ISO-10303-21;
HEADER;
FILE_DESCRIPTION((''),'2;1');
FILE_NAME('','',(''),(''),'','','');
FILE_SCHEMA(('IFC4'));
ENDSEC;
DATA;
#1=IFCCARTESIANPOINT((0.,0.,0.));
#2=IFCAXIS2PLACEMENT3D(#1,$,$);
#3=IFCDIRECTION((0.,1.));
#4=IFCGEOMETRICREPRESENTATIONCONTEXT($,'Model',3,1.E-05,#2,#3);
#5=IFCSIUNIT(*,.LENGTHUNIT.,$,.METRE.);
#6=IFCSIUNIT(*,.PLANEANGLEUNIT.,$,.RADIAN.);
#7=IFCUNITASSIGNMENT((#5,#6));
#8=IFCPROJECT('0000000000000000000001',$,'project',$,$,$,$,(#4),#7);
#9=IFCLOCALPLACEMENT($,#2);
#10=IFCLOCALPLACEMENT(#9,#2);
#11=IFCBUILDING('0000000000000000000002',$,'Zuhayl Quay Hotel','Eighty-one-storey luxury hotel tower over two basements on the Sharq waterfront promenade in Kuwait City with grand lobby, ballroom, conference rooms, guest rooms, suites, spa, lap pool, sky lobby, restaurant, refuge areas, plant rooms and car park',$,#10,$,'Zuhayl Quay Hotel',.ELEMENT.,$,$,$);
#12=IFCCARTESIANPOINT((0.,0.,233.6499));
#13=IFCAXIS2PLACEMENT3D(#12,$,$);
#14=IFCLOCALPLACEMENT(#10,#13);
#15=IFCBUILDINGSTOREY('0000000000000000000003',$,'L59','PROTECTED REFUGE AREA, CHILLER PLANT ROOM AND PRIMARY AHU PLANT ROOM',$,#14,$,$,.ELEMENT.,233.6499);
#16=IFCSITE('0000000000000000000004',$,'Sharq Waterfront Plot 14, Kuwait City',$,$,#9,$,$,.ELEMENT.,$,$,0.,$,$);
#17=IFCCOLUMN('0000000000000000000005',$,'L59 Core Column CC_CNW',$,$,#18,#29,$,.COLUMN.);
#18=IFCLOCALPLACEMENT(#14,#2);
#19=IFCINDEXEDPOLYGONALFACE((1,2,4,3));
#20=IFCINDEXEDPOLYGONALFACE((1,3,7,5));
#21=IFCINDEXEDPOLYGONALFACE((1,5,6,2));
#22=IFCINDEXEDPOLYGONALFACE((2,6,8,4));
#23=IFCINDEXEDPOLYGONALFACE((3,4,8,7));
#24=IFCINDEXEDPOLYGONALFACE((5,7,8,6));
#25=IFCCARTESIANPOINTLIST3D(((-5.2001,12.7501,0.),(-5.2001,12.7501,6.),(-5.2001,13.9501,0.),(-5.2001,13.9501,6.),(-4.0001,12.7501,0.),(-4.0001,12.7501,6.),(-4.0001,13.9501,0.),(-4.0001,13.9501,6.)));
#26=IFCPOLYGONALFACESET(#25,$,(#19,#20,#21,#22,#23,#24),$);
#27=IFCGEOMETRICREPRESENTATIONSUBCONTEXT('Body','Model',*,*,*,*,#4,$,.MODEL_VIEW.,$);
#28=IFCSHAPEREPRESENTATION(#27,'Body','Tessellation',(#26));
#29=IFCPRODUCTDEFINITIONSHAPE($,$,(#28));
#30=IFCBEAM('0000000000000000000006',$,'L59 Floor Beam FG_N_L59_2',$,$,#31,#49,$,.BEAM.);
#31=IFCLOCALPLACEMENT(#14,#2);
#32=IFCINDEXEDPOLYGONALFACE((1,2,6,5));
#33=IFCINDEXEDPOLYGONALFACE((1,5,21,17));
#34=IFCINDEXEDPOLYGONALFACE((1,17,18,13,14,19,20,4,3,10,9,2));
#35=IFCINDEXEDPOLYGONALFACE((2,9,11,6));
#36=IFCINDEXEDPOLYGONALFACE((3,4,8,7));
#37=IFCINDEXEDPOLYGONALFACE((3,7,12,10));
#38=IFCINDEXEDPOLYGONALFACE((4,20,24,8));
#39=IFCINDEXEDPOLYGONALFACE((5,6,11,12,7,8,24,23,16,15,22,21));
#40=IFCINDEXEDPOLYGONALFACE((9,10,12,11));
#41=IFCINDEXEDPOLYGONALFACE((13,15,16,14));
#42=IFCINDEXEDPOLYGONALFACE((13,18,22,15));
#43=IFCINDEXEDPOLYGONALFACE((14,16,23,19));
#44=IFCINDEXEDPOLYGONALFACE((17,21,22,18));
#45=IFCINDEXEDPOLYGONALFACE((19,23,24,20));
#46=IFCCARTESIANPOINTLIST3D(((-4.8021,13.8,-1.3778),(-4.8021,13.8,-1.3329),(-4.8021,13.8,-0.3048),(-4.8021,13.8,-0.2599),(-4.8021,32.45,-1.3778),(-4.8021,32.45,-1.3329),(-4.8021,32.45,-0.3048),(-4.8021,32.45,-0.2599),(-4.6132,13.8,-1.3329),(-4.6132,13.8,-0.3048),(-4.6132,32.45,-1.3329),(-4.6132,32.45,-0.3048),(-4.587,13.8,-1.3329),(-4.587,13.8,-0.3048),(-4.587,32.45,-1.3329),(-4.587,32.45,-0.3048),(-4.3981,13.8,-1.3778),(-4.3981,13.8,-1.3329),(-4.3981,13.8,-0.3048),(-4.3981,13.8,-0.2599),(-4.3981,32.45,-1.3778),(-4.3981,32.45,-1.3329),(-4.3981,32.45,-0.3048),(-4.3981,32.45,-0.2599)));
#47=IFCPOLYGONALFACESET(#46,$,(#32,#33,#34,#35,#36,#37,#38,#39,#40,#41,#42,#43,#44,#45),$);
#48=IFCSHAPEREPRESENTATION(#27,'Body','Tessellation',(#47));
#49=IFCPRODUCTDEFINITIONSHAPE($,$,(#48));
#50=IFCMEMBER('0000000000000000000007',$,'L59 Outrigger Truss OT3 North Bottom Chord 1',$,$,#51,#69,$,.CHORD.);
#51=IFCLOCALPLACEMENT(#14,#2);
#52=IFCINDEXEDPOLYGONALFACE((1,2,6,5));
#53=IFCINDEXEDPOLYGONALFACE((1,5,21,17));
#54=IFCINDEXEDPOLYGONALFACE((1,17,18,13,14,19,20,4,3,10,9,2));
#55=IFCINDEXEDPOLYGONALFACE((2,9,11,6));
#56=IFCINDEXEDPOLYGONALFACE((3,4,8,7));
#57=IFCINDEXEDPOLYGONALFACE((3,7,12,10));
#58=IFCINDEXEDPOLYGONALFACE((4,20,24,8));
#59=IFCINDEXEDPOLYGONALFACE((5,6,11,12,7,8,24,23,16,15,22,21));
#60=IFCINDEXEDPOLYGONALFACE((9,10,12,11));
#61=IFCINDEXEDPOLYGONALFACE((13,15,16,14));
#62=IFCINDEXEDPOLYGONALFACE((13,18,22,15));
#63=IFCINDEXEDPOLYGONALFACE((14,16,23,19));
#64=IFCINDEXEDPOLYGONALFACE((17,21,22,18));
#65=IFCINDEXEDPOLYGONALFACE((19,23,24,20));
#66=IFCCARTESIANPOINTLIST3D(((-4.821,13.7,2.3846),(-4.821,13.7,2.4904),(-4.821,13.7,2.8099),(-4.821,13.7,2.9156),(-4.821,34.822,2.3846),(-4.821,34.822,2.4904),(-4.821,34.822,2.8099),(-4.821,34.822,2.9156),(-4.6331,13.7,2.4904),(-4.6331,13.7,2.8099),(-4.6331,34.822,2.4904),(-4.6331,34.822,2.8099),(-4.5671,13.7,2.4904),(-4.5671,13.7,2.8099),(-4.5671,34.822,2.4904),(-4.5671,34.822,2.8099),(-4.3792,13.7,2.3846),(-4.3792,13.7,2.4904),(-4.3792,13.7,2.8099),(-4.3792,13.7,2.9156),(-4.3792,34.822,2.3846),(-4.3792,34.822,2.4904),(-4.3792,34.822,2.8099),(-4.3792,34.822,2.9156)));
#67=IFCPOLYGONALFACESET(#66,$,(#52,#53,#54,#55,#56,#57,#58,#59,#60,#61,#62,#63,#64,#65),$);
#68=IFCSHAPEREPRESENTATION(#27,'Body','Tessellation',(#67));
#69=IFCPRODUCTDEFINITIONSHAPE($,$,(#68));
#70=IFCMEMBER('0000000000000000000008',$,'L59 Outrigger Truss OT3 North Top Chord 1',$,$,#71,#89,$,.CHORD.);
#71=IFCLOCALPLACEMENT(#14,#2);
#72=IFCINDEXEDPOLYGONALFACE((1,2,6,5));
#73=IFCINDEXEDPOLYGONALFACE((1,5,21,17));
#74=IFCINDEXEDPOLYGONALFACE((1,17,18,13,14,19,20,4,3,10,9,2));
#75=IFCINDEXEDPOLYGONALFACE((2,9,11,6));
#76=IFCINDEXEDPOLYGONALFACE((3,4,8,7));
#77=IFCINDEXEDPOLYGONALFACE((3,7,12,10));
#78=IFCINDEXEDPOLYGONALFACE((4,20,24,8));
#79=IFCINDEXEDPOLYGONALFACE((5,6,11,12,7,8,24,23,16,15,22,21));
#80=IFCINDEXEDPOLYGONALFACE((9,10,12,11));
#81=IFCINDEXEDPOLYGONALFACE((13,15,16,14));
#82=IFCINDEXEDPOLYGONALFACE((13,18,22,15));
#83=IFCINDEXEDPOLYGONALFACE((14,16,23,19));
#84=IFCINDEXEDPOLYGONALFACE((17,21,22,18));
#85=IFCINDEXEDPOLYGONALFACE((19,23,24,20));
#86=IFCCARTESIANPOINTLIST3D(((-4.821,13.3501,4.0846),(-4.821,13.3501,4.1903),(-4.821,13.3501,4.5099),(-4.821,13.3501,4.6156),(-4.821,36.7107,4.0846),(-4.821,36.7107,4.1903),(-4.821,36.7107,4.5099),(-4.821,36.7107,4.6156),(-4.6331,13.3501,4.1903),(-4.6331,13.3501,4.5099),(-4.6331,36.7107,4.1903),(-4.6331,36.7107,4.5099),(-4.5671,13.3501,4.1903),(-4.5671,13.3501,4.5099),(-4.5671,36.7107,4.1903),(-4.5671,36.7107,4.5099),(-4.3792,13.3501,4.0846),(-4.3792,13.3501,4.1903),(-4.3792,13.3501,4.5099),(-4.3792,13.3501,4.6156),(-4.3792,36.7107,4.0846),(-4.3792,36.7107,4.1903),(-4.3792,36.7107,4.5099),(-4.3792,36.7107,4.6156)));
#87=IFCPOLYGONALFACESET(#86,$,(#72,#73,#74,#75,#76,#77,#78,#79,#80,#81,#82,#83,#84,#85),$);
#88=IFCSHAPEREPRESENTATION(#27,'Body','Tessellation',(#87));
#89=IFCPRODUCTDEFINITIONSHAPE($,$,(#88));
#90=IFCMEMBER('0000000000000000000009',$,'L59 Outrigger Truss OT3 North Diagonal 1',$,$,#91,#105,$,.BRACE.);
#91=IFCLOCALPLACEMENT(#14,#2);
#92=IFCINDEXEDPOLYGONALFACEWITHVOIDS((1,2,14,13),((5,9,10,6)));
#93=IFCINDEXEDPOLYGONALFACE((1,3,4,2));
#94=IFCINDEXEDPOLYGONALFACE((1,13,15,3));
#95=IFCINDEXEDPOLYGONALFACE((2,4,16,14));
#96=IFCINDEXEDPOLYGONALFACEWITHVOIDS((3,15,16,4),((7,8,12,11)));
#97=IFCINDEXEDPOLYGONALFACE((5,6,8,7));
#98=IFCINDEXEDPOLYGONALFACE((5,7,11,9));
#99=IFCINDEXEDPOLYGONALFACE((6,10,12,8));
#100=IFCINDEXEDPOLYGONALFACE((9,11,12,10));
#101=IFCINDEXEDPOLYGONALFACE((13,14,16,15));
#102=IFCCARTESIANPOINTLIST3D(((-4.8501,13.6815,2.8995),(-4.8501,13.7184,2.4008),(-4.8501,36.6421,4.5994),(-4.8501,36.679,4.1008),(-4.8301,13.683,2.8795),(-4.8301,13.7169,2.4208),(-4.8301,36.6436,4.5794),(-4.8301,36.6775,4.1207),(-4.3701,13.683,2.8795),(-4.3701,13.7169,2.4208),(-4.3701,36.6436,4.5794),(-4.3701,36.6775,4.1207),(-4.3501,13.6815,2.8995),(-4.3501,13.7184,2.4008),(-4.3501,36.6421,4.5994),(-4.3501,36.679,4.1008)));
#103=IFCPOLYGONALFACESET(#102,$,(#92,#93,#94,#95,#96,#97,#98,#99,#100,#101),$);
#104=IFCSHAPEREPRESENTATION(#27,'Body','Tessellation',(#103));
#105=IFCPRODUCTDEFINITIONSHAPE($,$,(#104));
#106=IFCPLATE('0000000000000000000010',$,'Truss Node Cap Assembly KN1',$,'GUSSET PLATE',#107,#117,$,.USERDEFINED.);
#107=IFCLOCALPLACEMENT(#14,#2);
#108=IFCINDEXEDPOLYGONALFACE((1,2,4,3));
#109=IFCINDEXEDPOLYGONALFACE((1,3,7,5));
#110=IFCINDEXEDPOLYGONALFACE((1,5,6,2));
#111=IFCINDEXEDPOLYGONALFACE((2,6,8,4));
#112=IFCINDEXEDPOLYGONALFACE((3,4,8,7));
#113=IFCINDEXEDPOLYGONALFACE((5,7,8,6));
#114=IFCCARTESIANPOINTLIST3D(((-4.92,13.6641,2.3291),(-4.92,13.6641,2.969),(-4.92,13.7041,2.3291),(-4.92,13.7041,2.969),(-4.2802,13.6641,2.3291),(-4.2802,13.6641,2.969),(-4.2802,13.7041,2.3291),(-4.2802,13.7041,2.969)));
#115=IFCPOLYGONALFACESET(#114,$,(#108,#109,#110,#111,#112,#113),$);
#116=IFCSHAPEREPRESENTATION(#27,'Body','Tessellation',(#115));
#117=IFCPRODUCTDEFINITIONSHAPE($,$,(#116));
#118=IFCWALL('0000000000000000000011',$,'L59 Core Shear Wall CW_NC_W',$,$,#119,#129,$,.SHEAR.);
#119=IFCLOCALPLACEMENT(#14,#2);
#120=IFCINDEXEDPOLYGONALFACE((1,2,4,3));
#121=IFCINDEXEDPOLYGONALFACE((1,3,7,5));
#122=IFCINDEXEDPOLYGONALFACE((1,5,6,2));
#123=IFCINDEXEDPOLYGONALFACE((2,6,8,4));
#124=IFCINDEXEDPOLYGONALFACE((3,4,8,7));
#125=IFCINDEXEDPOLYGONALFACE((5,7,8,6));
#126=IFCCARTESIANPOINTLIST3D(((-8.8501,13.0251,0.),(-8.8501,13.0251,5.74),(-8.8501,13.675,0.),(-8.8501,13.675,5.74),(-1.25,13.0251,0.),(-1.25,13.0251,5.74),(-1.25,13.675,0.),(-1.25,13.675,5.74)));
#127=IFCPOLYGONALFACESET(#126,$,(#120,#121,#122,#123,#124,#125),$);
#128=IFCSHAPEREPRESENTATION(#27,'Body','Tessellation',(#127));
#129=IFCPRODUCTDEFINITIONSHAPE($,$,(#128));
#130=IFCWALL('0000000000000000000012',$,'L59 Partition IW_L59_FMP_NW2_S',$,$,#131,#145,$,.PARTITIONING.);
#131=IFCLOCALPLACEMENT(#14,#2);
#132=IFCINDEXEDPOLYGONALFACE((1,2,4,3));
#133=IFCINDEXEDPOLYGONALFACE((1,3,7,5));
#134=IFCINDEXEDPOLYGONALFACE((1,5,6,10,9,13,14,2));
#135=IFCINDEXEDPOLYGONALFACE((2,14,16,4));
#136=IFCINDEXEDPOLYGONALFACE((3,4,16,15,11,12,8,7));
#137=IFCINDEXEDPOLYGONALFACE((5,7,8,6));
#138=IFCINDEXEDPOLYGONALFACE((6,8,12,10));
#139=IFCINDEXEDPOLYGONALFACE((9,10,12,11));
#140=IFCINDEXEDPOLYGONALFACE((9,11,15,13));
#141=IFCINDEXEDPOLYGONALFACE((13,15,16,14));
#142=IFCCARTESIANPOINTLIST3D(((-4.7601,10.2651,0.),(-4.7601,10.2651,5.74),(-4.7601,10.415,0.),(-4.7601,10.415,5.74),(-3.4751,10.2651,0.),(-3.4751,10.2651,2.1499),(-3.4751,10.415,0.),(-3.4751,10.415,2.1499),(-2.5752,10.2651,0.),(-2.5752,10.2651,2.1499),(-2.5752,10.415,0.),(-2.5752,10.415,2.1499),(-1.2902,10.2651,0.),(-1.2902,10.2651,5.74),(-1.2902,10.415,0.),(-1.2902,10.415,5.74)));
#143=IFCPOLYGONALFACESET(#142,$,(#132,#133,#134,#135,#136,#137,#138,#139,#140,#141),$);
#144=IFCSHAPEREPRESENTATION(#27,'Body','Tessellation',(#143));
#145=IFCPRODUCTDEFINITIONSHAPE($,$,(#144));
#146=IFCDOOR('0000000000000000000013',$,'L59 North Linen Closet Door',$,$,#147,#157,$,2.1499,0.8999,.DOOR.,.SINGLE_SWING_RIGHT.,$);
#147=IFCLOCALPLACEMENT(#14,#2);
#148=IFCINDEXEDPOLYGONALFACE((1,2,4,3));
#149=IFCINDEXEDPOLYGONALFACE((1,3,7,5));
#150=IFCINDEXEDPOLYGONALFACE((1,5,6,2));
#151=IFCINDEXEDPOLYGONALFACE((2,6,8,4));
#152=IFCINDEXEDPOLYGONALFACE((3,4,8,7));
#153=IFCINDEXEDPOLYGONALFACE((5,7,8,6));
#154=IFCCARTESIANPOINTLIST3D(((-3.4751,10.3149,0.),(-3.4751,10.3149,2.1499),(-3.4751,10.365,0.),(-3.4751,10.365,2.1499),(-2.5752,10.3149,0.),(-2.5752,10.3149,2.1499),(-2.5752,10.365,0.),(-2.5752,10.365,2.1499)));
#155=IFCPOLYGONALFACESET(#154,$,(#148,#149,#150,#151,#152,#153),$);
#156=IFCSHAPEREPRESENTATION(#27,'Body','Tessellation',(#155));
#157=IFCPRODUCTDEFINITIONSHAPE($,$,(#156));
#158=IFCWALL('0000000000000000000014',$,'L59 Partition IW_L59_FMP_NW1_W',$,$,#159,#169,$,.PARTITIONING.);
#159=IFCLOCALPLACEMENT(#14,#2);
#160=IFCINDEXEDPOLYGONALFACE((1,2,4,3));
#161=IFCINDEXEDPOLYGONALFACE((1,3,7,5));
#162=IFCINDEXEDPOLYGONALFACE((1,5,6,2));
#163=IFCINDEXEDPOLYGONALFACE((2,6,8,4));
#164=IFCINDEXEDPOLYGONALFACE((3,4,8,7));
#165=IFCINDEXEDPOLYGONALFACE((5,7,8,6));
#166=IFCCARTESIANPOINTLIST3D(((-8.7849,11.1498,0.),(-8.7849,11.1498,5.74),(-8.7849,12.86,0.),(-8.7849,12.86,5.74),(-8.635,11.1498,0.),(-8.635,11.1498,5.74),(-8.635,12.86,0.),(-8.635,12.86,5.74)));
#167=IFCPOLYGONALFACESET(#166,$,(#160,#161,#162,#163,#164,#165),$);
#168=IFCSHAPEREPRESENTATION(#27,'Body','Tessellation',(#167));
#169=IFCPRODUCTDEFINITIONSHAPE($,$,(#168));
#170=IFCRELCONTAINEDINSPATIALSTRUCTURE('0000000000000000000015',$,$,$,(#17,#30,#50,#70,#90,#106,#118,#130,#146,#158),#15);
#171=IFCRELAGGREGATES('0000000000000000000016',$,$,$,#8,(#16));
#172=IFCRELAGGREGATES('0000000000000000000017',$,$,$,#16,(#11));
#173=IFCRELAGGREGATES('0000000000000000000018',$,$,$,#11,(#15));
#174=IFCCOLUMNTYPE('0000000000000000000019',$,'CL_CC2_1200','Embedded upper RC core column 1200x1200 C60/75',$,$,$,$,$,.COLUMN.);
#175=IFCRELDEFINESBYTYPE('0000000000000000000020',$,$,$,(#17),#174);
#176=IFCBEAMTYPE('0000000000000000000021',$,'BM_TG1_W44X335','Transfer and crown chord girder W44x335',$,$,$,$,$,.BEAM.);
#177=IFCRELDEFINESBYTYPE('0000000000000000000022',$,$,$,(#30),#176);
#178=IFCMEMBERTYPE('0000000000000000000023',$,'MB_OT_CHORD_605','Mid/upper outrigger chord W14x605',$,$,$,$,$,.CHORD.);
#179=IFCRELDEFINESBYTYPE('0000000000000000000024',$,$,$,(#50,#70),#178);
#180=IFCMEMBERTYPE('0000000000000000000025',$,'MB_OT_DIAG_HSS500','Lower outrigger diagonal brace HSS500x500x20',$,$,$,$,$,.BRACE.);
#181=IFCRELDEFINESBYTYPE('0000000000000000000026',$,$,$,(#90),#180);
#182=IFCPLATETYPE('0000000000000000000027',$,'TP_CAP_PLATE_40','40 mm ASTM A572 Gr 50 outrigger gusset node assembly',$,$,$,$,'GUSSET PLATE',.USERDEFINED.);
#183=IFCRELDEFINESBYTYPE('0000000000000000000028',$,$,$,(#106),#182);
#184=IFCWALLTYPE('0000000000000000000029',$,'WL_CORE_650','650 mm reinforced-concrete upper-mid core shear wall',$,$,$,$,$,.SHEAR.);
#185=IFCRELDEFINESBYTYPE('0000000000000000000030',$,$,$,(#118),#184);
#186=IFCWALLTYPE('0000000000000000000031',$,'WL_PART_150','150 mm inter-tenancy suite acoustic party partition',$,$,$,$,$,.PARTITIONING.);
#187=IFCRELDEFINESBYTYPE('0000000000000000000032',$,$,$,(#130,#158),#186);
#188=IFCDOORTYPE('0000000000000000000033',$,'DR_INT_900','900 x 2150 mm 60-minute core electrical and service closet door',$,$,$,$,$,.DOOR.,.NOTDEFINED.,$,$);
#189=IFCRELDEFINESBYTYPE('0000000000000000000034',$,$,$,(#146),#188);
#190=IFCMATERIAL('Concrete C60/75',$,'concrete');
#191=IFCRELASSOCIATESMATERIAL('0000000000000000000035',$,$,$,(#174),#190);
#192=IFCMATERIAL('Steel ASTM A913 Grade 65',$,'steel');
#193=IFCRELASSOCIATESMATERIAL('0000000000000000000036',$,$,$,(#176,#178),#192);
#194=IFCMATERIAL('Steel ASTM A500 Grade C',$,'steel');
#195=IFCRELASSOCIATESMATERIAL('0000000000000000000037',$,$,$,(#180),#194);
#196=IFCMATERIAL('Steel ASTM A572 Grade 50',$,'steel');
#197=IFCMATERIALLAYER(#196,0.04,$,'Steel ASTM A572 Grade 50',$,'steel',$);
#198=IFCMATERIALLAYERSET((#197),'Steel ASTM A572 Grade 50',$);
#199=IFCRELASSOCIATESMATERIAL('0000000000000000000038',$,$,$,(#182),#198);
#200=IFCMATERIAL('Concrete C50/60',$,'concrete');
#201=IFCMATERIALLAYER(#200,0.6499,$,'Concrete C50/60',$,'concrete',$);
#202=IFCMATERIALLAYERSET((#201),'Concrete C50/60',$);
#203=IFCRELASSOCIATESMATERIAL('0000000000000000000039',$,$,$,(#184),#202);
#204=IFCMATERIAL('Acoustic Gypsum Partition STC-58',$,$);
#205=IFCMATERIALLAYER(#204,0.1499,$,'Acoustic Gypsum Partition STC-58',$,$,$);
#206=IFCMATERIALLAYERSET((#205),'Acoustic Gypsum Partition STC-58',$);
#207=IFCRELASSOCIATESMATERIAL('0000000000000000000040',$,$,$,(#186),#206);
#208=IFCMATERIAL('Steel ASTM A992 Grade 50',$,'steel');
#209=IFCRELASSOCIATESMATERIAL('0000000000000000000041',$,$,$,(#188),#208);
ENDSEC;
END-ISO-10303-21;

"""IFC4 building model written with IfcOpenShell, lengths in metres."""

from ifc_helpers import new_model, si_unit, direction, frame, frame_2d, origin, origin_2d, place, context, subcontext, project, spatial, rectangle, hollow_rectangle, i_section, extrude, material, layer, layer_set, material_profile, profile_set, type_object, element, fill, save


model = new_model("IFC4")

# Units and contexts
model_context = context("Model", 3, precision=1e-05, world=origin(), true_north=direction((0.0, 1.0)))
body_context = subcontext(model_context, "Body", "Model", "MODEL_VIEW")
ifc_project = project(units=[si_unit("LENGTHUNIT", "METRE"), si_unit("PLANEANGLEUNIT", "RADIAN")], contexts=[model_context])

# Site, building, storey
site_placement = place(None, origin())
site = spatial("IfcSite", under=ifc_project, at=site_placement, Name="Sharq Waterfront Plot 14, Kuwait City", CompositionType="ELEMENT", RefElevation=0.0)
building_placement = place(site_placement, origin())
building = spatial("IfcBuilding", under=site, at=building_placement, Name="Zuhayl Quay Hotel", Description="Eighty-one-storey luxury hotel tower over two basements on the Sharq waterfront promenade in Kuwait City with grand lobby, ballroom, conference rooms, guest rooms, suites, spa, lap pool, sky lobby, restaurant, refuge areas, plant rooms and car park", LongName="Zuhayl Quay Hotel", CompositionType="ELEMENT")
storey_placement = place(building_placement, frame((0.0, 0.0, 233.6499)))
storey = spatial("IfcBuildingStorey", under=building, at=storey_placement, Name="L59", Description="PROTECTED REFUGE AREA, CHILLER PLANT ROOM AND PRIMARY AHU PLANT ROOM", CompositionType="ELEMENT", Elevation=233.6499)

# Column
ifc_material_1 = material(Name="Concrete C60/75", Category="concrete")
ifc_material_profile_1 = material_profile(ifc_material_1, rectangle(XDim=1.2, YDim=1.2, at=origin_2d()), Name="RC1200X1200")
ifc_profile_set_1 = profile_set([ifc_material_profile_1], Name="Concrete C60/75")
column_type = type_object("IfcColumnType", Name="CL_CC2_1200", Description="Embedded upper RC core column 1200x1200 C60/75", PredefinedType="COLUMN", material=ifc_profile_set_1)
column_placement = place(storey_placement, frame((-4.6001, 13.3501, 0.0), z_axis=(0.0, 0.0, 1.0), x_axis=(1.0, 0.0, 0.0)))
element("IfcColumn", 1, at=column_placement, inside=storey, type_object=column_type, Name="L59 Core Column CC_CNW", PredefinedType="COLUMN", context=body_context, shape_type="SweptSolid", body=[
    extrude(rectangle(XDim=1.2, YDim=1.2, at=origin_2d()), origin(), (0.0, 0.0, 1.0), 6.0),
])

# Beam
ifc_material_2 = material(Name="Steel ASTM A913 Grade 65", Category="steel")
ifc_material_profile_2 = material_profile(ifc_material_2, i_section(OverallWidth=0.4041, OverallDepth=1.1179, WebThickness=0.0261, FlangeThickness=0.0449, at=origin_2d()), Name="W44X335")
ifc_profile_set_2 = profile_set([ifc_material_profile_2], Name="Steel ASTM A913 Grade 65")
beam_type = type_object("IfcBeamType", Name="BM_TG1_W44X335", Description="Transfer and crown chord girder W44x335", PredefinedType="BEAM", material=ifc_profile_set_2)
beam_placement = place(storey_placement, frame((-4.6001, 13.8, -0.8188), z_axis=(0.0, 1.0, 0.0), x_axis=(-1.0, 0.0, 0.0)))
element("IfcBeam", 2, at=beam_placement, inside=storey, type_object=beam_type, Name="L59 Floor Beam FG_N_L59_2", PredefinedType="BEAM", context=body_context, shape_type="SweptSolid", body=[
    extrude(i_section(OverallWidth=0.4041, OverallDepth=1.1179, WebThickness=0.0261, FlangeThickness=0.0449, at=origin_2d()), origin(), (0.0, 0.0, 1.0), 18.6499),
])

# Members
ifc_material_profile_3 = material_profile(ifc_material_2, i_section(OverallWidth=0.4419, OverallDepth=0.531, WebThickness=0.0659, FlangeThickness=0.1057, at=origin_2d()), Name="W14X605")
ifc_profile_set_3 = profile_set([ifc_material_profile_3], Name="Steel ASTM A913 Grade 65")
member_type_1 = type_object("IfcMemberType", Name="MB_OT_CHORD_605", Description="Mid/upper outrigger chord W14x605", PredefinedType="CHORD", material=ifc_profile_set_3)
member_1_placement = place(storey_placement, frame((-4.6001, 13.7, 2.6501), z_axis=(0.0, 1.0, 0.0), x_axis=(-1.0, 0.0, 0.0)))
element("IfcMember", 3, at=member_1_placement, inside=storey, type_object=member_type_1, Name="L59 Outrigger Truss OT3 North Bottom Chord 1", PredefinedType="CHORD", context=body_context, shape_type="SweptSolid", body=[
    extrude(i_section(OverallWidth=0.4419, OverallDepth=0.531, WebThickness=0.0659, FlangeThickness=0.1057, at=origin_2d()), origin(), (0.0, 0.0, 1.0), 21.1221),
])
member_2_placement = place(storey_placement, frame((-4.6001, 13.3501, 4.3501), z_axis=(0.0, 1.0, 0.0), x_axis=(-1.0, 0.0, 0.0)))
element("IfcMember", 4, at=member_2_placement, inside=storey, type_object=member_type_1, Name="L59 Outrigger Truss OT3 North Top Chord 1", PredefinedType="CHORD", context=body_context, shape_type="SweptSolid", body=[
    extrude(i_section(OverallWidth=0.4419, OverallDepth=0.531, WebThickness=0.0659, FlangeThickness=0.1057, at=origin_2d()), origin(), (0.0, 0.0, 1.0), 23.3606),
])
ifc_material_3 = material(Name="Steel ASTM A500 Grade C", Category="steel")
ifc_material_profile_4 = material_profile(ifc_material_3, hollow_rectangle(XDim=0.5, YDim=0.5, WallThickness=0.02, at=origin_2d()), Name="HSS500X500X20")
ifc_profile_set_4 = profile_set([ifc_material_profile_4], Name="Steel ASTM A500 Grade C")
member_type_2 = type_object("IfcMemberType", Name="MB_OT_DIAG_HSS500", Description="Lower outrigger diagonal brace HSS500x500x20", PredefinedType="BRACE", material=ifc_profile_set_4)
member_3_placement = place(storey_placement, frame((-4.6001, 13.7, 2.6501), z_axis=(0.0, 0.99727, 0.073835), x_axis=(-1.0, 0.0, 0.0)))
element("IfcMember", 5, at=member_3_placement, inside=storey, type_object=member_type_2, Name="L59 Outrigger Truss OT3 North Diagonal 1", PredefinedType="BRACE", context=body_context, shape_type="SweptSolid", body=[
    extrude(hollow_rectangle(XDim=0.5, YDim=0.5, WallThickness=0.02, at=origin_2d()), origin(), (0.0, 0.0, 1.0), 23.0234),
])

# Plate
ifc_material_4 = material(Name="Steel ASTM A572 Grade 50", Category="steel")
ifc_layer_1 = layer(ifc_material_4, 0.04, Name="Steel ASTM A572 Grade 50", Category="steel")
ifc_layer_set_1 = layer_set([ifc_layer_1], Name="Steel ASTM A572 Grade 50")
plate_type = type_object("IfcPlateType", Name="TP_CAP_PLATE_40", Description="40 mm ASTM A572 Gr 50 outrigger gusset node assembly", ElementType="GUSSET PLATE", PredefinedType="USERDEFINED", material=ifc_layer_set_1)
plate_placement = place(storey_placement, frame((-4.6001, 13.6841, 2.3291), z_axis=(0.0, 0.0, 1.0), x_axis=(0.0, -1.0, 0.0)))
element("IfcPlate", 6, at=plate_placement, inside=storey, type_object=plate_type, Name="Truss Node Cap Assembly KN1", ObjectType="GUSSET PLATE", PredefinedType="USERDEFINED", context=body_context, shape_type="SweptSolid", body=[
    extrude(rectangle(XDim=0.04, YDim=0.6399, at=origin_2d()), origin(), (0.0, 0.0, 1.0), 0.6399),
])

# Wall
ifc_material_5 = material(Name="Concrete C50/60", Category="concrete")
ifc_layer_2 = layer(ifc_material_5, 0.6499, Name="Concrete C50/60", Category="concrete")
ifc_layer_set_2 = layer_set([ifc_layer_2], Name="Concrete C50/60")
wall_type_1 = type_object("IfcWallType", Name="WL_CORE_650", Description="650 mm reinforced-concrete upper-mid core shear wall", PredefinedType="SHEAR", material=ifc_layer_set_2)
wall_1_placement = place(storey_placement, frame((-8.8501, 13.3501, 0.0), z_axis=(0.0, 0.0, 1.0), x_axis=(1.0, 0.0, 0.0)))
element("IfcWall", 7, at=wall_1_placement, inside=storey, type_object=wall_type_1, Name="L59 Core Shear Wall CW_NC_W", PredefinedType="SHEAR", context=body_context, shape_type="SweptSolid", body=[
    extrude(rectangle(XDim=7.6001, YDim=0.6499, at=frame_2d((3.8, 0.0))), origin(), (0.0, 0.0, 1.0), 5.74),
])

# Wall, opening, door
ifc_material_6 = material(Name="Acoustic Gypsum Partition STC-58")
ifc_layer_3 = layer(ifc_material_6, 0.1499, Name="Acoustic Gypsum Partition STC-58")
ifc_layer_set_3 = layer_set([ifc_layer_3], Name="Acoustic Gypsum Partition STC-58")
wall_type_2 = type_object("IfcWallType", Name="WL_PART_150", Description="150 mm inter-tenancy suite acoustic party partition", PredefinedType="PARTITIONING", material=ifc_layer_set_3)
wall_2_placement = place(storey_placement, frame((-4.76, 10.3401, 0.0), z_axis=(0.0, 0.0, 1.0), x_axis=(1.0, 0.0, 0.0)))
wall_2 = element("IfcWall", 8, at=wall_2_placement, inside=storey, type_object=wall_type_2, Name="L59 Partition IW_L59_FMP_NW2_S", PredefinedType="PARTITIONING", context=body_context, shape_type="SweptSolid", body=[
    extrude(rectangle(XDim=3.47, YDim=0.1499, at=frame_2d((1.7349, 0.0))), origin(), (0.0, 0.0, 1.0), 5.74),
])
opening_1_placement = place(wall_2_placement, frame((1.2849, 0.0, 0.0)))
opening_1 = element("IfcOpeningElement", 9, at=opening_1_placement, cuts=wall_2, PredefinedType="OPENING", context=body_context, shape_type="SweptSolid", body=[
    extrude(rectangle(XDim=0.8999, YDim=2.1499, at=frame_2d((0.45, 1.075))), frame((0.0, 0.085, 0.0), z_axis=(0.0, -1.0, 0.0), x_axis=(1.0, 0.0, 0.0)), (0.0, 0.0, 1.0), 0.1699),
])
ifc_material_7 = material(Name="Steel ASTM A992 Grade 50", Category="steel")
door_type_1 = type_object("IfcDoorType", Name="DR_INT_900", Description="900 x 2150 mm 60-minute core electrical and service closet door", OperationType="NOTDEFINED", PredefinedType="DOOR", material=ifc_material_7)
door_1_placement = place(opening_1_placement, origin())
door_1 = element("IfcDoor", 10, at=door_1_placement, inside=storey, type_object=door_type_1, Name="L59 North Linen Closet Door", OperationType="SINGLE_SWING_RIGHT", OverallHeight=2.1499, OverallWidth=0.8999, PredefinedType="DOOR", context=body_context, shape_type="SweptSolid", body=[
    extrude(rectangle(XDim=0.8999, YDim=2.1499, at=frame_2d((0.45, 1.075))), frame((0.0, 0.0249, 0.0), z_axis=(0.0, -1.0, 0.0), x_axis=(1.0, 0.0, 0.0)), (0.0, 0.0, 1.0), 0.05),
])
fill(opening_1, door_1)

# Wall
wall_3_placement = place(storey_placement, frame((-8.71, 11.1499, 0.0), z_axis=(0.0, 0.0, 1.0), x_axis=(0.0, 1.0, 0.0)))
element("IfcWall", 11, at=wall_3_placement, inside=storey, type_object=wall_type_2, Name="L59 Partition IW_L59_FMP_NW1_W", PredefinedType="PARTITIONING", context=body_context, shape_type="SweptSolid", body=[
    extrude(rectangle(XDim=1.7102, YDim=0.1499, at=frame_2d((0.855, 0.0))), origin(), (0.0, 0.0, 1.0), 5.74),
])

save(model, "model.ifc")
